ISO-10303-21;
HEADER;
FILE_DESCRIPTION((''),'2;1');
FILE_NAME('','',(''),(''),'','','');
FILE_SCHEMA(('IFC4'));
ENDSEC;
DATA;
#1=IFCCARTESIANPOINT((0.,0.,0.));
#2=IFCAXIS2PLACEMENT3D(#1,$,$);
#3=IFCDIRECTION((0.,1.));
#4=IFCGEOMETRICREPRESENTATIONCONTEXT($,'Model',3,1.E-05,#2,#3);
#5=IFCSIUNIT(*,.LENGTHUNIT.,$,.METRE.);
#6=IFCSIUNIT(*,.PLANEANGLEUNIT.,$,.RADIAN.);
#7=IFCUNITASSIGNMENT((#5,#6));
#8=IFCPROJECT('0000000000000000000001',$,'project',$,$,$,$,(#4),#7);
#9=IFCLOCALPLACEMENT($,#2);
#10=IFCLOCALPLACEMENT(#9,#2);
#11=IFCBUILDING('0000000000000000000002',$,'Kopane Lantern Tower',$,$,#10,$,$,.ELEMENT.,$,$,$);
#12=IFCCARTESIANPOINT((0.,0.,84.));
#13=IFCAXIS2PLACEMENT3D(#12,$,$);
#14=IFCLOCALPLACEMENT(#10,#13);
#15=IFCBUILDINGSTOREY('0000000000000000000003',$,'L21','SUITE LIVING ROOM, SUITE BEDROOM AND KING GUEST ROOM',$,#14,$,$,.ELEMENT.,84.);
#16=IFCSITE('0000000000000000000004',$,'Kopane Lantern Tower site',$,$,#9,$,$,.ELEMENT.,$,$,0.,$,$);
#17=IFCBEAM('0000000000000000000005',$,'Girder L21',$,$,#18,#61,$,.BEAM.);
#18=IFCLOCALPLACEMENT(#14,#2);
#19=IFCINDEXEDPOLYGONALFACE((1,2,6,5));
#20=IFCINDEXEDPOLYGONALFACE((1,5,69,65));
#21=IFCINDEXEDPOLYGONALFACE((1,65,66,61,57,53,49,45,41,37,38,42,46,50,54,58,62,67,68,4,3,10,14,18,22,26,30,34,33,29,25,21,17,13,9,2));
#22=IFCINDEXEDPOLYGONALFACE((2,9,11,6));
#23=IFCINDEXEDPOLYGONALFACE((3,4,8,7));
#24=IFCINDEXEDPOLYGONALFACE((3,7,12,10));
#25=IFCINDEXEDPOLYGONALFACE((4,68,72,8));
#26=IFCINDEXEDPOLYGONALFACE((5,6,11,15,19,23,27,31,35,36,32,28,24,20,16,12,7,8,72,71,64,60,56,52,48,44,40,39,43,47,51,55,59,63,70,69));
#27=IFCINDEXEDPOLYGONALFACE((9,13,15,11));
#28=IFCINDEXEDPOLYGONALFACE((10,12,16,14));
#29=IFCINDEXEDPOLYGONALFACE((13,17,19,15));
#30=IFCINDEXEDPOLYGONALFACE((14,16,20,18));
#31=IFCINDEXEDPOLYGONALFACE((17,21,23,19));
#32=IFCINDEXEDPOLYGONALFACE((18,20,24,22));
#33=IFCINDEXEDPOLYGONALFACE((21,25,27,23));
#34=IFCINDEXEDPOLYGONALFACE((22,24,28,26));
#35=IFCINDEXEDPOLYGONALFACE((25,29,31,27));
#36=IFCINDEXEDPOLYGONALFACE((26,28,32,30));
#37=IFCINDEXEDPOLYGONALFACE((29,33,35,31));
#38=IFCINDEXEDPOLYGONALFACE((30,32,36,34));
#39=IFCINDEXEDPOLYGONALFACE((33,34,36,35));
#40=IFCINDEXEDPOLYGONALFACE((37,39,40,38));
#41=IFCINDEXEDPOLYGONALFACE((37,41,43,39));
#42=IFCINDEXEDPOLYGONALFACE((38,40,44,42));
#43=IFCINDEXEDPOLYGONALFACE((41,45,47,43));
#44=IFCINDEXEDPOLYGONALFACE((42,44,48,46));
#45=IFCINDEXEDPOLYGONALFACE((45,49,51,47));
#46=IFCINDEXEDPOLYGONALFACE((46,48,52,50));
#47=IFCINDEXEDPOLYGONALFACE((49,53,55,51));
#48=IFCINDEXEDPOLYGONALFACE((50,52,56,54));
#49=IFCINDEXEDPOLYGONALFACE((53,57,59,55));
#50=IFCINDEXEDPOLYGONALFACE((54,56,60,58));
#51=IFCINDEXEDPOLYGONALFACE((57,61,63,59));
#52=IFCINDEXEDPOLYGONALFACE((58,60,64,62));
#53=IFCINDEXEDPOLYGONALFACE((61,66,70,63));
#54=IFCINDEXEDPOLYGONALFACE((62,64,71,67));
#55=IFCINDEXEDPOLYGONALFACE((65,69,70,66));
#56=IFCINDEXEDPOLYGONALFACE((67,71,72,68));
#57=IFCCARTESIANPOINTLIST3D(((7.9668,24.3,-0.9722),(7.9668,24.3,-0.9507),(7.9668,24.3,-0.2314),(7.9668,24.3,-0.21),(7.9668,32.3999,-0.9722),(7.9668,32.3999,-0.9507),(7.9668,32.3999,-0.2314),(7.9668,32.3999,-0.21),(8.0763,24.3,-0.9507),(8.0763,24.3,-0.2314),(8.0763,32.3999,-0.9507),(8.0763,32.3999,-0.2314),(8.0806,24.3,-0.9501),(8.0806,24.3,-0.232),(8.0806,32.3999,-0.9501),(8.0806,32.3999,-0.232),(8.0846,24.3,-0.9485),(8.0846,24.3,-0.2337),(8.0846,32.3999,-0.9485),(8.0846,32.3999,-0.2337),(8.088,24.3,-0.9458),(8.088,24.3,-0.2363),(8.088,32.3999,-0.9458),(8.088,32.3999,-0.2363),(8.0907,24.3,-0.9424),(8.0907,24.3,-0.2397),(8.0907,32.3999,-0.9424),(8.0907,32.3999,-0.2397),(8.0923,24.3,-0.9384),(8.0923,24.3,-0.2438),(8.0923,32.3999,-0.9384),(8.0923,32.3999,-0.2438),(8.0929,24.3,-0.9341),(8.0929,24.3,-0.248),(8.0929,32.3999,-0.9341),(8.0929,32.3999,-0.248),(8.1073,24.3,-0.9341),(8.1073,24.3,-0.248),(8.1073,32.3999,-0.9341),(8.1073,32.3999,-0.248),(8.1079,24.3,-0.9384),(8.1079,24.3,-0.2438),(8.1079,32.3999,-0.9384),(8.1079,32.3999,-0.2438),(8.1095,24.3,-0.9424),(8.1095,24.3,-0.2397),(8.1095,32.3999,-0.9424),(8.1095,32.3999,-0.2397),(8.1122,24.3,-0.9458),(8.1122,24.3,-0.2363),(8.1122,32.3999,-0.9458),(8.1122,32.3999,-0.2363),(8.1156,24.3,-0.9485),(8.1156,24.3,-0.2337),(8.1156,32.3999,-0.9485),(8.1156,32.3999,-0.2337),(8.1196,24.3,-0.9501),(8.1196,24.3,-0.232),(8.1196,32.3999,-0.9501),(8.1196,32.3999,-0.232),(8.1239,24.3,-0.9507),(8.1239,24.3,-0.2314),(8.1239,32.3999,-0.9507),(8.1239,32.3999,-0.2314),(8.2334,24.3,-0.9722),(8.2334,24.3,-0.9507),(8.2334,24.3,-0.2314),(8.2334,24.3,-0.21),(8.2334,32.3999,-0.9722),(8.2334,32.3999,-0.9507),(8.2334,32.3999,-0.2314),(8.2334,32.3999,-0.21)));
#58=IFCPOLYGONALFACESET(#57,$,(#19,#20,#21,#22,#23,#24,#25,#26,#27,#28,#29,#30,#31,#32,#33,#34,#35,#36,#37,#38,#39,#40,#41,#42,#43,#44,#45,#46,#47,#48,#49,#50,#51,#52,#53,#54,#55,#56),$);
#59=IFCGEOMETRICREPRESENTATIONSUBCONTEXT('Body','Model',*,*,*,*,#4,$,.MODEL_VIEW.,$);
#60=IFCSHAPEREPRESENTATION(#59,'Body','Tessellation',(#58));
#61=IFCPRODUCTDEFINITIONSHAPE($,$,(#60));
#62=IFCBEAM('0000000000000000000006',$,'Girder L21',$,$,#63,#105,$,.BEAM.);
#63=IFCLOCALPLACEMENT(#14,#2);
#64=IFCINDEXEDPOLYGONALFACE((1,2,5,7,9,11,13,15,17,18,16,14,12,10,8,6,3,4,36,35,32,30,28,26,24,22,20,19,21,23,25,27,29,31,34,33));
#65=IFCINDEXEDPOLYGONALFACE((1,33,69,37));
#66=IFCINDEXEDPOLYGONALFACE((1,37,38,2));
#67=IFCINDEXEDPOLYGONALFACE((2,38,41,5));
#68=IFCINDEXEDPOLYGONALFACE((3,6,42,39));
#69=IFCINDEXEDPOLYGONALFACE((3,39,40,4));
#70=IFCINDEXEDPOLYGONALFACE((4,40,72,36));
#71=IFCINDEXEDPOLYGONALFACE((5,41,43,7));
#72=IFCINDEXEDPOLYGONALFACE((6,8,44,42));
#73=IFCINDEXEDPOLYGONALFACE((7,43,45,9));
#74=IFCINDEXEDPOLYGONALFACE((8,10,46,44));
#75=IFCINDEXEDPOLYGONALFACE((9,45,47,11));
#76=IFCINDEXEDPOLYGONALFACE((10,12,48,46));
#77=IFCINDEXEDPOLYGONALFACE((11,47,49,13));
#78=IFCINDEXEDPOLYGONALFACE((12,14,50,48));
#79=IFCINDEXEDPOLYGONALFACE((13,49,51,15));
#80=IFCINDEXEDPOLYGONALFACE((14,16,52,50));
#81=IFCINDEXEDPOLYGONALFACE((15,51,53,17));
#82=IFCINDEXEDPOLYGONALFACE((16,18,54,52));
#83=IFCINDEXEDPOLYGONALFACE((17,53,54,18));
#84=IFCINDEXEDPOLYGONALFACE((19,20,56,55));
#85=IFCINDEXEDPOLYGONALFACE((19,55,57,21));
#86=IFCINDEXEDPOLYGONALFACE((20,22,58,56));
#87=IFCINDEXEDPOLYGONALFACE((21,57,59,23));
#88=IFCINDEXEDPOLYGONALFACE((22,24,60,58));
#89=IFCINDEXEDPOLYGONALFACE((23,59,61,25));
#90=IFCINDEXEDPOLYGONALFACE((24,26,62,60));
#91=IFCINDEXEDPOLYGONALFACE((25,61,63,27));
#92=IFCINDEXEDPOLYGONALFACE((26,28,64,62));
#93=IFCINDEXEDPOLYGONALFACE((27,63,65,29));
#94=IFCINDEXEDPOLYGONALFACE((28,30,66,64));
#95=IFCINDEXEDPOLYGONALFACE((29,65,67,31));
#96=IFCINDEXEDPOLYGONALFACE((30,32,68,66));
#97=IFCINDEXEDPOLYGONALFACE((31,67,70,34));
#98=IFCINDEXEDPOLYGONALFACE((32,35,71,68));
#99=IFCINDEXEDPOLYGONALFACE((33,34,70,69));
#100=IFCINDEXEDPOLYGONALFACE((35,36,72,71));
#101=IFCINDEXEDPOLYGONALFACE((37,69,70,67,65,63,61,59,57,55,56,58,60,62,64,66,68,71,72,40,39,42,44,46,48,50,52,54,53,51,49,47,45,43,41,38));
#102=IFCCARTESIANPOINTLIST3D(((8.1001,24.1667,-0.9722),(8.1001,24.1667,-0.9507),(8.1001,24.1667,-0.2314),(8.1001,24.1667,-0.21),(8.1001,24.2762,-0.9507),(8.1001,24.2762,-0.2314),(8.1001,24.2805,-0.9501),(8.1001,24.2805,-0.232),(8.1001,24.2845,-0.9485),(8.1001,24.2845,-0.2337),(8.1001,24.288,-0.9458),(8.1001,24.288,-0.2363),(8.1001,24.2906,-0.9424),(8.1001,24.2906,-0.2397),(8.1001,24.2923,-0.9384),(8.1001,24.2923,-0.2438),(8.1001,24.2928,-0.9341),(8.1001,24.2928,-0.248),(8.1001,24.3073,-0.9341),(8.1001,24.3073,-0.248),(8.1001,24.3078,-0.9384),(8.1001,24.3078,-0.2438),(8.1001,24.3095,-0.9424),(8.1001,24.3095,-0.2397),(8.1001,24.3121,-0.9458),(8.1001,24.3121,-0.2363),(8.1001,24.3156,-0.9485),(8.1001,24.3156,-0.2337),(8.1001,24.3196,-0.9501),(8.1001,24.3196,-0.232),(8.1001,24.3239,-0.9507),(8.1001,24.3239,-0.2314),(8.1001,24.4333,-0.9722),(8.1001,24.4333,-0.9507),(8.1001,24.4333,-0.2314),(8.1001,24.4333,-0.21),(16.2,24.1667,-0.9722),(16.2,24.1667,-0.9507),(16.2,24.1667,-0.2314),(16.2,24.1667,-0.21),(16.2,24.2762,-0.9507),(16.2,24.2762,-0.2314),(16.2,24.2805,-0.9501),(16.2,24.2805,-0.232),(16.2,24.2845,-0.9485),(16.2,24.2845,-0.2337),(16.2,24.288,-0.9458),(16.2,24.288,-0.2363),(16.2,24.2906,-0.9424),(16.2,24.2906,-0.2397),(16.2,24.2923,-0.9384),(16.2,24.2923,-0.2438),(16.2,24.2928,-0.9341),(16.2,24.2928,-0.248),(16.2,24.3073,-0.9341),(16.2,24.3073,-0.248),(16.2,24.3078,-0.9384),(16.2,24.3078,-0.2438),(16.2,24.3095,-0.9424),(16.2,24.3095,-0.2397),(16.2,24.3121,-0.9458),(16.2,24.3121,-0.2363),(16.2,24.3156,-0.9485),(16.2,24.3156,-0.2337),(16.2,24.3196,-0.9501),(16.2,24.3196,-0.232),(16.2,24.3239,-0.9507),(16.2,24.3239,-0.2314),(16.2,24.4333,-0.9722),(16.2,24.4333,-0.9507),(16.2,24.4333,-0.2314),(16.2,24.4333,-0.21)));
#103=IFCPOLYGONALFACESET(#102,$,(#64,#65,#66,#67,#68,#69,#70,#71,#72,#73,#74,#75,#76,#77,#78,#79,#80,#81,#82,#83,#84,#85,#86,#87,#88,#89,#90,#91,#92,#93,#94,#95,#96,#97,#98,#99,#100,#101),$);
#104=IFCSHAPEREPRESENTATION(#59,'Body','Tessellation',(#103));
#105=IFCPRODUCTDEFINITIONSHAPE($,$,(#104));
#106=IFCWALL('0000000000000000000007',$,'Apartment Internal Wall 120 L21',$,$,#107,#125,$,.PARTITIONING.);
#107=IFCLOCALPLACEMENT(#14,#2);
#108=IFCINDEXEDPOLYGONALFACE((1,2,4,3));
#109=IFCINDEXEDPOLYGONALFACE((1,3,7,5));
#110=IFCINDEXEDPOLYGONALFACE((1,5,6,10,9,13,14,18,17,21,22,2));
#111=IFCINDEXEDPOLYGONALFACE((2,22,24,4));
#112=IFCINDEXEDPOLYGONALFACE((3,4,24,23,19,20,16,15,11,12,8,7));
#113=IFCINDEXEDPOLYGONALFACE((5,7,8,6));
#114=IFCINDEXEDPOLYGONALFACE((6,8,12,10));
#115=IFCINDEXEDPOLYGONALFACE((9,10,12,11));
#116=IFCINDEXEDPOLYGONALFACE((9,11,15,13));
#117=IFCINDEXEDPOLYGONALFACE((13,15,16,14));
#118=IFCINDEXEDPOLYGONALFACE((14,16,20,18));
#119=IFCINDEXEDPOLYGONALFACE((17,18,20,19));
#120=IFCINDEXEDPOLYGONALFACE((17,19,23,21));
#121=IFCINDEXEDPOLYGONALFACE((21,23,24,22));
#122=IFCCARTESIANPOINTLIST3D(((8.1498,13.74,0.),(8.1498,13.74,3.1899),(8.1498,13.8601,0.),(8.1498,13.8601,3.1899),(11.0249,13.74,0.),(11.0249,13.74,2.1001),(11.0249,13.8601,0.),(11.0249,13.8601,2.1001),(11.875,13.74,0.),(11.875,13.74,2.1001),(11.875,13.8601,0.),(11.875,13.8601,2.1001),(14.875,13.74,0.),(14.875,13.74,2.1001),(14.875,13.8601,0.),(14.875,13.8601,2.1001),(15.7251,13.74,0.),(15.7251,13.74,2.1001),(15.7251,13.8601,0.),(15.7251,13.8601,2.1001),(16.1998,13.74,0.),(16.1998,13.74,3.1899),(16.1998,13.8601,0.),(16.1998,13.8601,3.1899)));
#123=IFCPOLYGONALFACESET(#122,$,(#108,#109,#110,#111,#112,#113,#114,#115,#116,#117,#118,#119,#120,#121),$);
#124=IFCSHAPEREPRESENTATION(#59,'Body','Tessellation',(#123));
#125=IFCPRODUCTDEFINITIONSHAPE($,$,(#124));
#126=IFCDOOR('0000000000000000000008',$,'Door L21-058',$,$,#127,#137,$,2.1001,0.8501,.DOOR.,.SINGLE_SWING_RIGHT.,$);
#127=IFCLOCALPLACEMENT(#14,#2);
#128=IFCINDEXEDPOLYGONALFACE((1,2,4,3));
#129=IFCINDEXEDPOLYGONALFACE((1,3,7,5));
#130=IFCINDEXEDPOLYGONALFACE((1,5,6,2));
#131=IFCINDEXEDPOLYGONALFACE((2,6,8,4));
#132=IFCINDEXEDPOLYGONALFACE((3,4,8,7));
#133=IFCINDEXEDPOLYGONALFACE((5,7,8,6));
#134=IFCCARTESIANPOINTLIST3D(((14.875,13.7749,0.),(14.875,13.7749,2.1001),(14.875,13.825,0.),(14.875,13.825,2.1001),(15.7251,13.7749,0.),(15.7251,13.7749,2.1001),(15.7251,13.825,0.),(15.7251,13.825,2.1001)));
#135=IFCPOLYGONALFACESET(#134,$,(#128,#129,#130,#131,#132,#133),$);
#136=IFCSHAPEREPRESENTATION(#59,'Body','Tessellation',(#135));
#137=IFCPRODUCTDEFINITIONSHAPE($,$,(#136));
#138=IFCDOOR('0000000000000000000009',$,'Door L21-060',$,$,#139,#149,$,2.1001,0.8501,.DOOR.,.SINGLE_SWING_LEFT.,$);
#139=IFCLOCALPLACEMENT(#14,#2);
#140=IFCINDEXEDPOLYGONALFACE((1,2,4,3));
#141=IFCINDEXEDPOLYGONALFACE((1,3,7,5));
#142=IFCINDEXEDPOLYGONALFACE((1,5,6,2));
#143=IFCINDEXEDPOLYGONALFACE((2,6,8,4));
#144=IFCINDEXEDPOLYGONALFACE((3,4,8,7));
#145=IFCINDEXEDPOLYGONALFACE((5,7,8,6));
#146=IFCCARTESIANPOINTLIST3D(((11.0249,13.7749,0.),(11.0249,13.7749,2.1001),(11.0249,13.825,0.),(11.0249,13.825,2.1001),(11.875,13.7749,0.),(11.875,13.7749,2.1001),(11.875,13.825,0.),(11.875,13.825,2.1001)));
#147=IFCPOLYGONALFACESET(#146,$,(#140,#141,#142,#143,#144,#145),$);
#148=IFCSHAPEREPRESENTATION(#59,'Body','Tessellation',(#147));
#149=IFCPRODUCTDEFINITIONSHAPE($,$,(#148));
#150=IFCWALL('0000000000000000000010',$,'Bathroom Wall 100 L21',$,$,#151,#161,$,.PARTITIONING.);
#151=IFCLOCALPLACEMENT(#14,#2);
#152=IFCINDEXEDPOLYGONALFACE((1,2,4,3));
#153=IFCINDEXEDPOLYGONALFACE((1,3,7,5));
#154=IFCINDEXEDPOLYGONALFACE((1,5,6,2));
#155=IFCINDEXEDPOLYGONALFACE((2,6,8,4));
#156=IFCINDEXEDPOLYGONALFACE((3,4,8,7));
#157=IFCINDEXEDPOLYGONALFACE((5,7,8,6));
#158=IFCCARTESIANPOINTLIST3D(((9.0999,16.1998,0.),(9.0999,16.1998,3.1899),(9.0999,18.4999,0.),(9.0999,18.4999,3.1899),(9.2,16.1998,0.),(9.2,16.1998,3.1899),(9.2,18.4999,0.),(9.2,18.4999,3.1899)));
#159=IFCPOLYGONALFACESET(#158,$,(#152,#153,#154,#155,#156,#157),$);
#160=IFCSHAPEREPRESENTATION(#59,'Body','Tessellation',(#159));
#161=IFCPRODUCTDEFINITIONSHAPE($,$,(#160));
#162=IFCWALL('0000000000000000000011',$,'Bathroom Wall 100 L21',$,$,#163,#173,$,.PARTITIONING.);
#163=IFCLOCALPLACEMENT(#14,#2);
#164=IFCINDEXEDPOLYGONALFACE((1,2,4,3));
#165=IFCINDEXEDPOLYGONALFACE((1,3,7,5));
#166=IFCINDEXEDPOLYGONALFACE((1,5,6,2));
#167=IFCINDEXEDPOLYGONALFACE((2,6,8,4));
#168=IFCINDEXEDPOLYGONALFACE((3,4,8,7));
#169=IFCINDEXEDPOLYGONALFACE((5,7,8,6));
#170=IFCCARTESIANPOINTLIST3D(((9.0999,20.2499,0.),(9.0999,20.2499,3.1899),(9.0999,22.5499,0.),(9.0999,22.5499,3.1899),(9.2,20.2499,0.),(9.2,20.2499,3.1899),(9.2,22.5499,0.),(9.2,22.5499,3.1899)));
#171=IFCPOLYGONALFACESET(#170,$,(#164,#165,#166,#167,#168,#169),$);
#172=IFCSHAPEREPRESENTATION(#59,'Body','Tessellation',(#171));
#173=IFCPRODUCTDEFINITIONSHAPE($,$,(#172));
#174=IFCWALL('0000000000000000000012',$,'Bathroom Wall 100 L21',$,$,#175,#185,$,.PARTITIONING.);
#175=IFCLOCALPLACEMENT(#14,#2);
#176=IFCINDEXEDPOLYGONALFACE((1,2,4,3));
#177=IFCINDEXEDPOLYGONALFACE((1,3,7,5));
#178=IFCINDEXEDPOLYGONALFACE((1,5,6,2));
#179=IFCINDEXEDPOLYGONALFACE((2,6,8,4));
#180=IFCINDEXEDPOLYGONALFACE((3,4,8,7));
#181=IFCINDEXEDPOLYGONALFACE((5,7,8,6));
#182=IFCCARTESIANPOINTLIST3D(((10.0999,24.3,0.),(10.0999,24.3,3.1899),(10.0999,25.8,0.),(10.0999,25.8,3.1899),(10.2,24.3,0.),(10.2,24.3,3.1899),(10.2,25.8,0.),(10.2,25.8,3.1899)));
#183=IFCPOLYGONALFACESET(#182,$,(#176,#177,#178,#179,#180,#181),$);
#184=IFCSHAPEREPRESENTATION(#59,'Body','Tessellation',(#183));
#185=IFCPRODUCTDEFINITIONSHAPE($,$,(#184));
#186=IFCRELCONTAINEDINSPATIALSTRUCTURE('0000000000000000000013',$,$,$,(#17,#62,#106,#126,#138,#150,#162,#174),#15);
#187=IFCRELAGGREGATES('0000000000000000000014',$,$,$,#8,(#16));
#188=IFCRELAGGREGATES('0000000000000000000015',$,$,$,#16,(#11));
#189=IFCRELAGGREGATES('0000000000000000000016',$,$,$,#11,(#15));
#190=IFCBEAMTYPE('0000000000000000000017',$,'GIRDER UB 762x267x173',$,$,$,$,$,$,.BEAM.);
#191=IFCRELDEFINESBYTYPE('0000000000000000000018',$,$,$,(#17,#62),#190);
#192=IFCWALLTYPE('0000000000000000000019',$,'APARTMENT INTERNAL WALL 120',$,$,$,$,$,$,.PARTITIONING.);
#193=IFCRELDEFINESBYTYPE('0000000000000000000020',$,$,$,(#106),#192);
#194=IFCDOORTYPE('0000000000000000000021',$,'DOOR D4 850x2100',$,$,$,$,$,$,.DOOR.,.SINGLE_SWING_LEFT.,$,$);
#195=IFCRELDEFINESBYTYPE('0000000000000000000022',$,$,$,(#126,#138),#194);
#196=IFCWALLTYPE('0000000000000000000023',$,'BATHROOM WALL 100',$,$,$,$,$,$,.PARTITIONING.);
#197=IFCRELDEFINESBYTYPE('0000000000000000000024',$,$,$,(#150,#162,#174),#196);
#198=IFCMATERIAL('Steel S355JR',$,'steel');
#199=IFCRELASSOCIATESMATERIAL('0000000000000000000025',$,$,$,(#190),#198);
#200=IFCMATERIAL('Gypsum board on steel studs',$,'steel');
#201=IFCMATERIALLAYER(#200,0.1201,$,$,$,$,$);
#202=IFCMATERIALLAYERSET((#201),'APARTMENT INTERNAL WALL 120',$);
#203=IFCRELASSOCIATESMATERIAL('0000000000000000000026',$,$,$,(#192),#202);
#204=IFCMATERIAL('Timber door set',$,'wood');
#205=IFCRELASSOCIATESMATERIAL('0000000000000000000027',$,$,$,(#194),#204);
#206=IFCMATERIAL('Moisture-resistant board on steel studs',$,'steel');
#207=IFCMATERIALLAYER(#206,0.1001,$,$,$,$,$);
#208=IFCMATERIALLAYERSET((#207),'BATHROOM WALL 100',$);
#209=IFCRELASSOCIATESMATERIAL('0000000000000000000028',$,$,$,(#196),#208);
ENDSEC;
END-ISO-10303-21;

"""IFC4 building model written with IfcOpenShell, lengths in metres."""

from ifc_helpers import new_model, si_unit, direction, frame, frame_2d, origin, origin_2d, place, context, subcontext, project, spatial, rectangle, i_section, extrude, material, layer, layer_set, material_profile, profile_set, type_object, element, fill, save


model = new_model("IFC4")

# Units and contexts
model_context = context("Model", 3, precision=1e-05, world=origin(), true_north=direction((0.0, 1.0)))
body_context = subcontext(model_context, "Body", "Model", "MODEL_VIEW")
ifc_project = project(units=[si_unit("LENGTHUNIT", "METRE"), si_unit("PLANEANGLEUNIT", "RADIAN")], contexts=[model_context])

# Site, building, storey
site_placement = place(None, origin())
site = spatial("IfcSite", under=ifc_project, at=site_placement, Name="Kopane Lantern Tower site", CompositionType="ELEMENT", RefElevation=0.0)
building_placement = place(site_placement, origin())
building = spatial("IfcBuilding", under=site, at=building_placement, Name="Kopane Lantern Tower", CompositionType="ELEMENT")
storey_placement = place(building_placement, frame((0.0, 0.0, 84.0)))
storey = spatial("IfcBuildingStorey", under=building, at=storey_placement, Name="L21", Description="SUITE LIVING ROOM, SUITE BEDROOM AND KING GUEST ROOM", CompositionType="ELEMENT", Elevation=84.0)

# Beams
ifc_material_1 = material(Name="Steel S355JR", Category="steel")
ifc_material_profile_1 = material_profile(ifc_material_1, i_section(OverallWidth=0.2666, OverallDepth=0.7622, WebThickness=0.0144, FlangeThickness=0.0215, FilletRadius=0.0166, at=origin_2d()), Name="UB 762x267x173")
ifc_profile_set_1 = profile_set([ifc_material_profile_1], Name="Steel S355JR")
beam_type = type_object("IfcBeamType", Name="GIRDER UB 762x267x173", PredefinedType="BEAM", material=ifc_profile_set_1)
for number, where, z_axis, x_axis, name in (
    (1, (8.1001, 24.3, -0.5911), (0.0, 1.0, 0.0), (-1.0, 0.0, 0.0), "Girder L21"),
    (2, (8.1001, 24.3, -0.5911), (1.0, 0.0, 0.0), (0.0, 1.0, 0.0), "Girder L21"),
):
    element("IfcBeam", number, at=place(storey_placement, frame(where, z_axis=z_axis, x_axis=x_axis)), inside=storey, type_object=beam_type, Name=name, PredefinedType="BEAM", context=body_context, shape_type="SweptSolid", body=[
        extrude(i_section(OverallWidth=0.2666, OverallDepth=0.7622, WebThickness=0.0144, FlangeThickness=0.0215, FilletRadius=0.0166, at=origin_2d()), origin(), (0.0, 0.0, 1.0), 8.0999),
    ])

# Wall, openings, doors
ifc_material_2 = material(Name="Gypsum board on steel studs", Category="steel")
ifc_layer_1 = layer(ifc_material_2, 0.1201)
ifc_layer_set_1 = layer_set([ifc_layer_1], Name="APARTMENT INTERNAL WALL 120")
wall_type_1 = type_object("IfcWallType", Name="APARTMENT INTERNAL WALL 120", PredefinedType="PARTITIONING", material=ifc_layer_set_1)
wall_1_placement = place(storey_placement, frame((8.1499, 13.8, 0.0), z_axis=(0.0, 0.0, 1.0), x_axis=(1.0, 0.0, 0.0)))
wall_1 = element("IfcWall", 3, at=wall_1_placement, inside=storey, type_object=wall_type_1, Name="Apartment Internal Wall 120 L21", PredefinedType="PARTITIONING", context=body_context, shape_type="SweptSolid", body=[
    extrude(rectangle(XDim=8.05, YDim=0.1201, at=frame_2d((4.0249, 0.0))), origin(), (0.0, 0.0, 1.0), 3.1899),
])
opening_1_placement = place(wall_1_placement, frame((6.7251, 0.0, 0.0)))
opening_1 = element("IfcOpeningElement", 4, at=opening_1_placement, cuts=wall_1, PredefinedType="OPENING", context=body_context, shape_type="SweptSolid", body=[
    extrude(rectangle(XDim=0.8501, YDim=2.1001, at=frame_2d((0.425, 1.05))), frame((0.0, 0.0701, 0.0), z_axis=(0.0, -1.0, 0.0), x_axis=(1.0, 0.0, 0.0)), (0.0, 0.0, 1.0), 0.1401),
])
opening_2_placement = place(wall_1_placement, frame((2.875, 0.0, 0.0)))
opening_2 = element("IfcOpeningElement", 5, at=opening_2_placement, cuts=wall_1, PredefinedType="OPENING", context=body_context, shape_type="SweptSolid", body=[
    extrude(rectangle(XDim=0.8501, YDim=2.1001, at=frame_2d((0.425, 1.05))), frame((0.0, 0.0701, 0.0), z_axis=(0.0, -1.0, 0.0), x_axis=(1.0, 0.0, 0.0)), (0.0, 0.0, 1.0), 0.1401),
])
ifc_material_3 = material(Name="Timber door set", Category="wood")
door_type_1 = type_object("IfcDoorType", Name="DOOR D4 850x2100", OperationType="SINGLE_SWING_LEFT", PredefinedType="DOOR", material=ifc_material_3)
door_1_placement = place(opening_1_placement, origin())
door_1 = element("IfcDoor", 6, at=door_1_placement, inside=storey, type_object=door_type_1, Name="Door L21-058", OperationType="SINGLE_SWING_RIGHT", OverallHeight=2.1001, OverallWidth=0.8501, PredefinedType="DOOR", context=body_context, shape_type="SweptSolid", body=[
    extrude(rectangle(XDim=0.8501, YDim=2.1001, at=frame_2d((0.425, 1.05))), frame((0.0, 0.0249, 0.0), z_axis=(0.0, -1.0, 0.0), x_axis=(1.0, 0.0, 0.0)), (0.0, 0.0, 1.0), 0.05),
])
fill(opening_1, door_1)
door_2_placement = place(opening_2_placement, origin())
door_2 = element("IfcDoor", 7, at=door_2_placement, inside=storey, type_object=door_type_1, Name="Door L21-060", OperationType="SINGLE_SWING_LEFT", OverallHeight=2.1001, OverallWidth=0.8501, PredefinedType="DOOR", context=body_context, shape_type="SweptSolid", body=[
    extrude(rectangle(XDim=0.8501, YDim=2.1001, at=frame_2d((0.425, 1.05))), frame((0.0, 0.0249, 0.0), z_axis=(0.0, -1.0, 0.0), x_axis=(1.0, 0.0, 0.0)), (0.0, 0.0, 1.0), 0.05),
])
fill(opening_2, door_2)

# Walls
ifc_material_4 = material(Name="Moisture-resistant board on steel studs", Category="steel")
ifc_layer_2 = layer(ifc_material_4, 0.1001)
ifc_layer_set_2 = layer_set([ifc_layer_2], Name="BATHROOM WALL 100")
wall_type_2 = type_object("IfcWallType", Name="BATHROOM WALL 100", PredefinedType="PARTITIONING", material=ifc_layer_set_2)
for number, where, z_axis, x_axis, name in (
    (8, (9.1499, 16.2, 0.0), (0.0, 0.0, 1.0), (0.0, 1.0, 0.0), "Bathroom Wall 100 L21"),
    (9, (9.1499, 20.25, 0.0), (0.0, 0.0, 1.0), (0.0, 1.0, 0.0), "Bathroom Wall 100 L21"),
):
    element("IfcWall", number, at=place(storey_placement, frame(where, z_axis=z_axis, x_axis=x_axis)), inside=storey, type_object=wall_type_2, Name=name, PredefinedType="PARTITIONING", context=body_context, shape_type="SweptSolid", body=[
        extrude(rectangle(XDim=2.3, YDim=0.1001, at=frame_2d((1.1499, 0.0))), origin(), (0.0, 0.0, 1.0), 3.1899),
    ])
wall_2_placement = place(storey_placement, frame((10.1499, 24.3, 0.0), z_axis=(0.0, 0.0, 1.0), x_axis=(0.0, 1.0, 0.0)))
element("IfcWall", 10, at=wall_2_placement, inside=storey, type_object=wall_type_2, Name="Bathroom Wall 100 L21", PredefinedType="PARTITIONING", context=body_context, shape_type="SweptSolid", body=[
    extrude(rectangle(XDim=1.5, YDim=0.1001, at=frame_2d((0.75, 0.0))), origin(), (0.0, 0.0, 1.0), 3.1899),
])

save(model, "model.ifc")
